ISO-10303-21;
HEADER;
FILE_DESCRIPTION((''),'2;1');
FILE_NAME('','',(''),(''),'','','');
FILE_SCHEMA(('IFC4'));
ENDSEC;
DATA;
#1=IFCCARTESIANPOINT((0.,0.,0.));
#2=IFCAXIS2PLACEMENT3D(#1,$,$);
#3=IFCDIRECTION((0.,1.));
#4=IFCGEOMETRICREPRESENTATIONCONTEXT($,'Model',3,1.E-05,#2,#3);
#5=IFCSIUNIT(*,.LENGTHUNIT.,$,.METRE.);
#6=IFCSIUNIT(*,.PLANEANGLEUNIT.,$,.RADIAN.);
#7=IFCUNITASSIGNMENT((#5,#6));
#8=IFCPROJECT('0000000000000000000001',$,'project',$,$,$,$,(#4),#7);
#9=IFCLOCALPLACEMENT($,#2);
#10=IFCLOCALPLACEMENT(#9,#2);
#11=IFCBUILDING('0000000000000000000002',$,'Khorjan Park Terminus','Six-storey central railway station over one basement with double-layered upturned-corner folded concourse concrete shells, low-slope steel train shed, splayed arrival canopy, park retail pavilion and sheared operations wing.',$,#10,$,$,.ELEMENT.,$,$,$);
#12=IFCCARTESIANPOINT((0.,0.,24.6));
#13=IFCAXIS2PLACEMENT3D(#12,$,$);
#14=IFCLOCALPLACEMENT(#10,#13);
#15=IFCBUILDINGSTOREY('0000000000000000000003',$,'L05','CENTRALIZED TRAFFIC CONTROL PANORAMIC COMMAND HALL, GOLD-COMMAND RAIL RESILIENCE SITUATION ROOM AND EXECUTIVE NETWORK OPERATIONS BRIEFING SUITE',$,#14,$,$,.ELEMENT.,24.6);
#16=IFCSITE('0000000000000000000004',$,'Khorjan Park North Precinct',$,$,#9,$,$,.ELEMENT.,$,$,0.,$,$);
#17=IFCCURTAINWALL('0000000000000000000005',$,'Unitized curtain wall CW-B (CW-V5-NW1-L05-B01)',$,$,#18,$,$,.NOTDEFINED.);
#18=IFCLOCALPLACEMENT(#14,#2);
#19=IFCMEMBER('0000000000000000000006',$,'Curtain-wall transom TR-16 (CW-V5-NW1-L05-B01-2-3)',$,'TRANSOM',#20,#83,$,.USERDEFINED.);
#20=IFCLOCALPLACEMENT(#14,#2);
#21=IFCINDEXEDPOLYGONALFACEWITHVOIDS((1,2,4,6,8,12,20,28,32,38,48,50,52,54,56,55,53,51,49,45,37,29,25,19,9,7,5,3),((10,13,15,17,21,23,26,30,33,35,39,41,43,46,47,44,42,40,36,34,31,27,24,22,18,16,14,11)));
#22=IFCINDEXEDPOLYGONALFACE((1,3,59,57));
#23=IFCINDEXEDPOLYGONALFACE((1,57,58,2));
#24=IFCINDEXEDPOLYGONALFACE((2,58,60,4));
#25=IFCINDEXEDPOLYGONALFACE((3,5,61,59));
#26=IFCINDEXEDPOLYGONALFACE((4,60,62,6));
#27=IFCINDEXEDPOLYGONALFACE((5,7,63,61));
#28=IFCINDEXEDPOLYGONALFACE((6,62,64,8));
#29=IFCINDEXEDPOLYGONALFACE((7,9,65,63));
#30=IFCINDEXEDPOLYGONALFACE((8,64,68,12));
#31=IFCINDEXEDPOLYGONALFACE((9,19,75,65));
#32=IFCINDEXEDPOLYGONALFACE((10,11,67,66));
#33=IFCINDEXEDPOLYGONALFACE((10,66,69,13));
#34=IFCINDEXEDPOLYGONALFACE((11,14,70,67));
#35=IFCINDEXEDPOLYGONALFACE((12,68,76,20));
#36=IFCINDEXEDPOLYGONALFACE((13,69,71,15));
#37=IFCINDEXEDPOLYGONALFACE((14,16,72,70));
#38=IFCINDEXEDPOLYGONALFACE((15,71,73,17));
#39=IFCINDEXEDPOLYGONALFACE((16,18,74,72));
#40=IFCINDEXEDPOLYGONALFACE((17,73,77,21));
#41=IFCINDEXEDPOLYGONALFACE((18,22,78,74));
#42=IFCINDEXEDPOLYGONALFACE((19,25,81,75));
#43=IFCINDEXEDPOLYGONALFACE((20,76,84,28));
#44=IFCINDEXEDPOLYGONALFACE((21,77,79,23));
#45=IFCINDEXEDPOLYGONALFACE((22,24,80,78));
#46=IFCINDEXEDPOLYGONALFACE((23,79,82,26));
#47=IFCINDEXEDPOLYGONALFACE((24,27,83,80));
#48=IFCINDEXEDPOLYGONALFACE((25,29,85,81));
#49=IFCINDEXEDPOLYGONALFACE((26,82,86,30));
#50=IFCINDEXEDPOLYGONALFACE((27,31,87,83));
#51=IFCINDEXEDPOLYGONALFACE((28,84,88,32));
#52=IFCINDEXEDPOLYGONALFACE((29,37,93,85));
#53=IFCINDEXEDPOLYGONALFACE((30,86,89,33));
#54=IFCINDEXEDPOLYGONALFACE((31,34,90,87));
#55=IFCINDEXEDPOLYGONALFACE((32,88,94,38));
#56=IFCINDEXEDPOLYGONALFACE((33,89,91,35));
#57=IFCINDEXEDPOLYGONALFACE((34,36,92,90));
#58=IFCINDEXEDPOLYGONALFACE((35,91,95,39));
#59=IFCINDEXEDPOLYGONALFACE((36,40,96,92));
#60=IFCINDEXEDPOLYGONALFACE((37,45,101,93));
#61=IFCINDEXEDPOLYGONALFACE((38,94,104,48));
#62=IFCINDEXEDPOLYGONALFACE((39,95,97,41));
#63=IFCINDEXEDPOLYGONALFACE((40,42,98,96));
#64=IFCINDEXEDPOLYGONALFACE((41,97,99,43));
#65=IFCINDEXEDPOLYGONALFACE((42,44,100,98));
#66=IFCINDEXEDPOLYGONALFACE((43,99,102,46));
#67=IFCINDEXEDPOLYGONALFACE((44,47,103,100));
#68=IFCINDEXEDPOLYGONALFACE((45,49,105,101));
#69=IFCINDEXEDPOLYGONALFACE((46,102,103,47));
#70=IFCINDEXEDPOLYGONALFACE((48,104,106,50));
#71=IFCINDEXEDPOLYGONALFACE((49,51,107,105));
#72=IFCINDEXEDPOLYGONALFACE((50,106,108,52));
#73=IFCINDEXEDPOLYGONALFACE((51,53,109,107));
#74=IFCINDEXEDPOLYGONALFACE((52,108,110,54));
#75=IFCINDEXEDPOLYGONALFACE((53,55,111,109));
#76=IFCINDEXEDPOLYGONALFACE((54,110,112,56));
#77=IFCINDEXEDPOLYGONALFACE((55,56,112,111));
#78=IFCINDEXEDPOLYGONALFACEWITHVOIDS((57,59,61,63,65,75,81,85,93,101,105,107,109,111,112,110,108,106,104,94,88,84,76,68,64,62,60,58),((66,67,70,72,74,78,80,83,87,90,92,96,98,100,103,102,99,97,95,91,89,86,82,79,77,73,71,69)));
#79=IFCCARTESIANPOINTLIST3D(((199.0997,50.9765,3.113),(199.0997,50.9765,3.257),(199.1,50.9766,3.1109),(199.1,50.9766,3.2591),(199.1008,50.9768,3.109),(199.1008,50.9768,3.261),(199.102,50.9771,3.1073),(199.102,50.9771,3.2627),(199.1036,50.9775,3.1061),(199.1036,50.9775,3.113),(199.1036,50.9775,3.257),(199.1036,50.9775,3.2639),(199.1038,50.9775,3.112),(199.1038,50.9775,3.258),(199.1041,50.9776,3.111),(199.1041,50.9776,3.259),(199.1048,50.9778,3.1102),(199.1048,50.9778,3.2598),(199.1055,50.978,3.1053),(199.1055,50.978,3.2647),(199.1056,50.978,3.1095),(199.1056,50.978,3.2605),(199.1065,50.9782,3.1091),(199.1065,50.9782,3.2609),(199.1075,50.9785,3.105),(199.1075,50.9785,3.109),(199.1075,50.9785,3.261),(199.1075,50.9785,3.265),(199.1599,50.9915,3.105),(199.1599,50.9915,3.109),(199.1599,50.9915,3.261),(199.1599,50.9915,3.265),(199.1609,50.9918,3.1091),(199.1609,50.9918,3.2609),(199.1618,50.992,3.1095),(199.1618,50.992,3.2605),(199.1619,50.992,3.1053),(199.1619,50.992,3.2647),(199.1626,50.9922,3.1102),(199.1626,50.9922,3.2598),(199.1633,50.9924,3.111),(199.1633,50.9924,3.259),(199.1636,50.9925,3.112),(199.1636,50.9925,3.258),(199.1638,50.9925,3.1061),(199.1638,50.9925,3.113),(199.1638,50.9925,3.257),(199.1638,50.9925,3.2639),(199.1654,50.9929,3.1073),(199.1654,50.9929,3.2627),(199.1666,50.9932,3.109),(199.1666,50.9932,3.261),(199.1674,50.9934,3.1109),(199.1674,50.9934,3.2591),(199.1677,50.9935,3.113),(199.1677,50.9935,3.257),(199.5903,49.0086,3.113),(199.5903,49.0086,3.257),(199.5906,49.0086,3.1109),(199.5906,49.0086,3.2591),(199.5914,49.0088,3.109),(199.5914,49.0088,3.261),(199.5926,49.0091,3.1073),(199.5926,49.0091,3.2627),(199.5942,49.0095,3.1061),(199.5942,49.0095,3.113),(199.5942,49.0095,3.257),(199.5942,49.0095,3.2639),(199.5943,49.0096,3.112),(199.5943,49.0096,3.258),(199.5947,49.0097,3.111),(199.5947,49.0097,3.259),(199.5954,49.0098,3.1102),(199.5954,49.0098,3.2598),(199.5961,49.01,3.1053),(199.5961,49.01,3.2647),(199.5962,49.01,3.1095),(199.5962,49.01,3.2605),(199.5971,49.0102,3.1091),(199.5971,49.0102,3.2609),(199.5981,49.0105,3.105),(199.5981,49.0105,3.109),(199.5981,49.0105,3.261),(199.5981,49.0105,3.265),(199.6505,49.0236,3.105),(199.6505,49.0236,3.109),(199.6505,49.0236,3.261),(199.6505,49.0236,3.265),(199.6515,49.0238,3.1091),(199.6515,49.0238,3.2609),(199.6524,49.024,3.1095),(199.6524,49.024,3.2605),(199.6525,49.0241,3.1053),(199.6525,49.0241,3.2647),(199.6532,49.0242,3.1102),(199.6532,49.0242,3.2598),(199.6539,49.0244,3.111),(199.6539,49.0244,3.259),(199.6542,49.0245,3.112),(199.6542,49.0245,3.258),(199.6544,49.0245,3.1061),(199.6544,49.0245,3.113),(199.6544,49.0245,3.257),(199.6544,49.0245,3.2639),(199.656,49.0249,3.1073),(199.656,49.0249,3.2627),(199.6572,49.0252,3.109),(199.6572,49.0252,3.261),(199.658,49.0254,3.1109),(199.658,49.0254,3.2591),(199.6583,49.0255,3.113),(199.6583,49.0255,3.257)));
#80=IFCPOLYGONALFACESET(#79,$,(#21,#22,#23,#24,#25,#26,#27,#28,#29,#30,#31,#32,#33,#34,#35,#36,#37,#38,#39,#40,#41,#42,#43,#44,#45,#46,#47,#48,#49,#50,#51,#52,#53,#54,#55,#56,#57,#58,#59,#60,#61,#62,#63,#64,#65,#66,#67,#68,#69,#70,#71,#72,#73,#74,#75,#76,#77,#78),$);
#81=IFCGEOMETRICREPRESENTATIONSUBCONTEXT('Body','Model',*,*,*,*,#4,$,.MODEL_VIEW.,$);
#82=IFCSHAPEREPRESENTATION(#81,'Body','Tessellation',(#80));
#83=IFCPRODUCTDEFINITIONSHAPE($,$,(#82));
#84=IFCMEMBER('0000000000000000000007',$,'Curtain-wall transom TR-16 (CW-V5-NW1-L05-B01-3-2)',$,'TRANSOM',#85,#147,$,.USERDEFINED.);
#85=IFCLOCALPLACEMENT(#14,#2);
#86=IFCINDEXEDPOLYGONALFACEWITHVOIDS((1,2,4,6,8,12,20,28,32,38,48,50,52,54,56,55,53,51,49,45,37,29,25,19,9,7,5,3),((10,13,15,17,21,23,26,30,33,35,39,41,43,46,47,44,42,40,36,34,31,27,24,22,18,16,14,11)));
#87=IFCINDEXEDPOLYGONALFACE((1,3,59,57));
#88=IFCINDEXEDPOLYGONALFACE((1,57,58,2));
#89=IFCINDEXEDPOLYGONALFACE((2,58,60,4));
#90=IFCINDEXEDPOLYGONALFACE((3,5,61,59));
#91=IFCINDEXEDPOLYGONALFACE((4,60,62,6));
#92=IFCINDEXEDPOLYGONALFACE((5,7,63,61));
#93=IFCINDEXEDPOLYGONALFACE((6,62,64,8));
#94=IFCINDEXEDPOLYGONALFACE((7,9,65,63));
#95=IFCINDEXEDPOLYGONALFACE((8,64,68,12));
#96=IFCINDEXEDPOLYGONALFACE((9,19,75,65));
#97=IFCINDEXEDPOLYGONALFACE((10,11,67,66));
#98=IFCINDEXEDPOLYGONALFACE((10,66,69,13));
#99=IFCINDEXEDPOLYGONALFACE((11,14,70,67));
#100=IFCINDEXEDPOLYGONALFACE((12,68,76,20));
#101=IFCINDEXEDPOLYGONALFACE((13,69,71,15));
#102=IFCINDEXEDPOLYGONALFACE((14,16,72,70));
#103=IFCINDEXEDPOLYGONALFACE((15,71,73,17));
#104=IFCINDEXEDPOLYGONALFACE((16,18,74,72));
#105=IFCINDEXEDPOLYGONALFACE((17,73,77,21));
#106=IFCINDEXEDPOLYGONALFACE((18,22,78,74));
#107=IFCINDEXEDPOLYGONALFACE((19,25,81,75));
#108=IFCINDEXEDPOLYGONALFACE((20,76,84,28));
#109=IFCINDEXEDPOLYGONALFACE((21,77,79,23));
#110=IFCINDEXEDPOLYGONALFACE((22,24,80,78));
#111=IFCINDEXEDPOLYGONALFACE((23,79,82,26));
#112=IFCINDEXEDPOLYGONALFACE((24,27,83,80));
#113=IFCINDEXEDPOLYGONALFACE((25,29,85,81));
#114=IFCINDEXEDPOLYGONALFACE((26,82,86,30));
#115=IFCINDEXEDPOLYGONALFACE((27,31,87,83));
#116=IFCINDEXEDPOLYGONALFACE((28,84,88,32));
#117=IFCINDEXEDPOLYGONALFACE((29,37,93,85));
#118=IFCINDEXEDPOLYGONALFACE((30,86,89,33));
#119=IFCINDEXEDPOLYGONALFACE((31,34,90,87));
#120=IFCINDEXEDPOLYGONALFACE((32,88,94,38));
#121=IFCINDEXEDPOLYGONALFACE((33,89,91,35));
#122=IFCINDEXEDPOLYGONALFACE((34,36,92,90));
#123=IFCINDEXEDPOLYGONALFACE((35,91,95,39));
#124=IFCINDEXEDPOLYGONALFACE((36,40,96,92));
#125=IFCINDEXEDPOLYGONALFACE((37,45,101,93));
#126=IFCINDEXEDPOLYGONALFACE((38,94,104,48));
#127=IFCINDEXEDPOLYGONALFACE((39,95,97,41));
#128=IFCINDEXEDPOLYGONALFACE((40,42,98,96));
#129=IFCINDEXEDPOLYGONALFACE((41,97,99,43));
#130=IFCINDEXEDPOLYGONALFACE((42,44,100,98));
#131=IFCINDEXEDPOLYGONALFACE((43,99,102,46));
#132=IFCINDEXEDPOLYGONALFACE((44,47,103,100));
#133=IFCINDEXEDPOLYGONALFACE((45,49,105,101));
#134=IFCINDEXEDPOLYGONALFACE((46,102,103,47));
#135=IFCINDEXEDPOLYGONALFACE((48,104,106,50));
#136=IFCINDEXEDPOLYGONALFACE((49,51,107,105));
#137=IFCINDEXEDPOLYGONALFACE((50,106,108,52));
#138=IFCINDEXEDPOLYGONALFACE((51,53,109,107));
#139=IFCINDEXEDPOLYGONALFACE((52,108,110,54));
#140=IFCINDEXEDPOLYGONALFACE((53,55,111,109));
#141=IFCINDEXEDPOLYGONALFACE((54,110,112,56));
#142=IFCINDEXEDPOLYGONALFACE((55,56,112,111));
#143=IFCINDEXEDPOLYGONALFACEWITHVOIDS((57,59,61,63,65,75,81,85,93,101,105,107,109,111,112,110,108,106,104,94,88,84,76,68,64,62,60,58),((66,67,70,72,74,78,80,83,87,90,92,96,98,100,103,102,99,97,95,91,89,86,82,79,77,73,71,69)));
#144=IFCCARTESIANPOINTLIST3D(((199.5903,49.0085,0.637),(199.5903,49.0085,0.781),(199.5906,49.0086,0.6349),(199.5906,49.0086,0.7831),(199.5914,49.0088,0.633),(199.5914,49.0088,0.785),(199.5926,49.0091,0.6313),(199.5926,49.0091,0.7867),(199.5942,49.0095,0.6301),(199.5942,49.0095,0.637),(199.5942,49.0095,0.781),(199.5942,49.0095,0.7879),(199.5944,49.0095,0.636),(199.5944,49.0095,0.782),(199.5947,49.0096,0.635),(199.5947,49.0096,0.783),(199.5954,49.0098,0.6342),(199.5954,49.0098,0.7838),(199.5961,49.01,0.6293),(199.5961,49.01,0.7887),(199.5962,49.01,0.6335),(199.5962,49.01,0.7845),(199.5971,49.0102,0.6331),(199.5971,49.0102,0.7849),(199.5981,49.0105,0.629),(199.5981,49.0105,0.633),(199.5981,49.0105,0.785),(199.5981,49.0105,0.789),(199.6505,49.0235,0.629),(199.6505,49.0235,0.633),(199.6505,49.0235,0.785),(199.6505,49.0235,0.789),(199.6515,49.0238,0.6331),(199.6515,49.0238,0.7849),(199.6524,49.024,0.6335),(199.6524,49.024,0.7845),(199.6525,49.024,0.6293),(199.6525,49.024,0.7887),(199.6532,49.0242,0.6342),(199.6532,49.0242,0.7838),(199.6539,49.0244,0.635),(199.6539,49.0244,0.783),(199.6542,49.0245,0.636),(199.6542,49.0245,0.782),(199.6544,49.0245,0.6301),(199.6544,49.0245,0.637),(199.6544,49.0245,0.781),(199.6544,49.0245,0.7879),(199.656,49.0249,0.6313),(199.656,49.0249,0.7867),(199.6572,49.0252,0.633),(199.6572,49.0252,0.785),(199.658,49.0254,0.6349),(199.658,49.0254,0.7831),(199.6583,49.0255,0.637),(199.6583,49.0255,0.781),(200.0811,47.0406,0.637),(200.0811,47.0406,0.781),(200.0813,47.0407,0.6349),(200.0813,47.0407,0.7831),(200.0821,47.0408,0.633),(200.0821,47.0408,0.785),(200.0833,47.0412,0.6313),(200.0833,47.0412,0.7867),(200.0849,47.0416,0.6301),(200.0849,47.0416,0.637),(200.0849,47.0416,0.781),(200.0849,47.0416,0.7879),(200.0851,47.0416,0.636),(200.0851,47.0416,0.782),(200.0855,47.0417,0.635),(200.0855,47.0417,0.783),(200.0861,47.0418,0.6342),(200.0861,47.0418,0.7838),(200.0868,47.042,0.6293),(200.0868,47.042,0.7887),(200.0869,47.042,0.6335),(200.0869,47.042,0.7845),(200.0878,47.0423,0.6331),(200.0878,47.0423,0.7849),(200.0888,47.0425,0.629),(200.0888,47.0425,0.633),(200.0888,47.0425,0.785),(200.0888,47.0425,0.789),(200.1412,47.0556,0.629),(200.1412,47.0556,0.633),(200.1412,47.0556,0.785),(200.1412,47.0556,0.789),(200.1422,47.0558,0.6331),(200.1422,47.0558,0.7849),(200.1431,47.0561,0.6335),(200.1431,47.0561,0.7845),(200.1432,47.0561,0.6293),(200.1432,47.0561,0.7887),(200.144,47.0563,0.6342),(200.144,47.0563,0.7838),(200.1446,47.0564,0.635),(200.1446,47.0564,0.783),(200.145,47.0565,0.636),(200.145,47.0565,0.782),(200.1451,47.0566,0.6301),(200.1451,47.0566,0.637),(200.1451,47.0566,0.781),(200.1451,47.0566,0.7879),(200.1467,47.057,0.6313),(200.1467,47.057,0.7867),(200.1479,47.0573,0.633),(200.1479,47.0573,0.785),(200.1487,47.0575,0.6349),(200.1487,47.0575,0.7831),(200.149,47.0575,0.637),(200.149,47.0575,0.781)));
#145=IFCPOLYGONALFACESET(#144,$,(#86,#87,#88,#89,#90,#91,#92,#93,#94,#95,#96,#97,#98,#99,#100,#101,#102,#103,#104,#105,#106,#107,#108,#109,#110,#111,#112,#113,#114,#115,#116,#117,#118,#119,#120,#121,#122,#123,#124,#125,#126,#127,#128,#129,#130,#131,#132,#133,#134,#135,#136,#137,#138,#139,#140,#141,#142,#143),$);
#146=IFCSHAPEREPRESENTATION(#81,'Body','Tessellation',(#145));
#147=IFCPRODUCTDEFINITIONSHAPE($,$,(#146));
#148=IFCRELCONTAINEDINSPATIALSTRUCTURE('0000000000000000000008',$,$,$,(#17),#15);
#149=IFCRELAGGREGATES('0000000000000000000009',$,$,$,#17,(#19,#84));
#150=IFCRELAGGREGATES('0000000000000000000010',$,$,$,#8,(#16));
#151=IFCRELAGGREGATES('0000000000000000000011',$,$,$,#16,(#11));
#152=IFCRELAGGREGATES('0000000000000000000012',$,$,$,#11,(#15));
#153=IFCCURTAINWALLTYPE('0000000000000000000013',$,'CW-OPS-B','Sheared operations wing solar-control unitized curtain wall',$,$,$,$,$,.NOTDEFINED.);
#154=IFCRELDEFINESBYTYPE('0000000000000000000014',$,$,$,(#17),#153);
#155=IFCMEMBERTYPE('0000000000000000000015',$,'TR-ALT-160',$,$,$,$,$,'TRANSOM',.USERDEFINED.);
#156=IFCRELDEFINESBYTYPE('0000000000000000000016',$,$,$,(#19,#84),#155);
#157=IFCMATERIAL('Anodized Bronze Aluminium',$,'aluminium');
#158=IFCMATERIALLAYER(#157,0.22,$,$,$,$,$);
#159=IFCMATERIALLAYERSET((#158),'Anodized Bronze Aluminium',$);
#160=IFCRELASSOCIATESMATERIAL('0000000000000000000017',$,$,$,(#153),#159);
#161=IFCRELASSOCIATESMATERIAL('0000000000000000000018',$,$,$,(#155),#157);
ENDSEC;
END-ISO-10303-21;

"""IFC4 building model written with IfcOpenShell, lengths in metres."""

from ifc_helpers import new_model, si_unit, direction, frame, origin, origin_2d, place, context, subcontext, project, spatial, hollow_rectangle, extrude, material, layer, layer_set, material_profile, profile_set, type_object, element, aggregate, save


model = new_model("IFC4")

# Units and contexts
model_context = context("Model", 3, precision=1e-05, world=origin(), true_north=direction((0.0, 1.0)))
body_context = subcontext(model_context, "Body", "Model", "MODEL_VIEW")
ifc_project = project(units=[si_unit("LENGTHUNIT", "METRE"), si_unit("PLANEANGLEUNIT", "RADIAN")], contexts=[model_context])

# Site, building, storey
site_placement = place(None, origin())
site = spatial("IfcSite", under=ifc_project, at=site_placement, Name="Khorjan Park North Precinct", CompositionType="ELEMENT", RefElevation=0.0)
building_placement = place(site_placement, origin())
building = spatial("IfcBuilding", under=site, at=building_placement, Name="Khorjan Park Terminus", Description="Six-storey central railway station over one basement with double-layered upturned-corner folded concourse concrete shells, low-slope steel train shed, splayed arrival canopy, park retail pavilion and sheared operations wing.", CompositionType="ELEMENT")
storey_placement = place(building_placement, frame((0.0, 0.0, 24.6)))
storey = spatial("IfcBuildingStorey", under=building, at=storey_placement, Name="L05", Description="CENTRALIZED TRAFFIC CONTROL PANORAMIC COMMAND HALL, GOLD-COMMAND RAIL RESILIENCE SITUATION ROOM AND EXECUTIVE NETWORK OPERATIONS BRIEFING SUITE", CompositionType="ELEMENT", Elevation=24.6)

# Curtain wall, members
ifc_material_1 = material(Name="Anodized Bronze Aluminium", Category="aluminium")
ifc_layer_1 = layer(ifc_material_1, 0.22)
ifc_layer_set_1 = layer_set([ifc_layer_1], Name="Anodized Bronze Aluminium")
curtain_wall_type = type_object("IfcCurtainWallType", Name="CW-OPS-B", Description="Sheared operations wing solar-control unitized curtain wall", PredefinedType="NOTDEFINED", material=ifc_layer_set_1)
curtain_wall_placement = place(storey_placement, origin())
curtain_wall = element("IfcCurtainWall", 1, at=curtain_wall_placement, inside=storey, type_object=curtain_wall_type, Name="Unitized curtain wall CW-B (CW-V5-NW1-L05-B01)", PredefinedType="NOTDEFINED")
ifc_material_profile_1 = material_profile(ifc_material_1, hollow_rectangle(XDim=0.07, YDim=0.16, WallThickness=0.004, InnerFilletRadius=0.004, OuterFilletRadius=0.008, at=origin_2d()), Name="ALT 70x160x4")
ifc_profile_set_1 = profile_set([ifc_material_profile_1], Name="Anodized Bronze Aluminium")
member_type_1 = type_object("IfcMemberType", Name="TR-ALT-160", ElementType="TRANSOM", PredefinedType="USERDEFINED", material=ifc_profile_set_1)
member_1_placement = place(storey_placement, frame((199.1337, 50.985, 3.185), z_axis=(0.241886, -0.970305, 0.0), x_axis=(0.970305, 0.241886, 0.0)))
member_1 = element("IfcMember", 2, at=member_1_placement, type_object=member_type_1, Name="Curtain-wall transom TR-16 (CW-V5-NW1-L05-B01-2-3)", ObjectType="TRANSOM", PredefinedType="USERDEFINED", context=body_context, shape_type="SweptSolid", body=[
    extrude(hollow_rectangle(XDim=0.07, YDim=0.16, WallThickness=0.004, InnerFilletRadius=0.004, OuterFilletRadius=0.008, at=origin_2d()), origin(), (0.0, 0.0, 1.0), 2.0282),
])
member_2_placement = place(storey_placement, frame((199.6243, 49.017, 0.709), z_axis=(0.241944, -0.97029, 0.0), x_axis=(0.97029, 0.241944, 0.0)))
member_2 = element("IfcMember", 3, at=member_2_placement, type_object=member_type_1, Name="Curtain-wall transom TR-16 (CW-V5-NW1-L05-B01-3-2)", ObjectType="TRANSOM", PredefinedType="USERDEFINED", context=body_context, shape_type="SweptSolid", body=[
    extrude(hollow_rectangle(XDim=0.07, YDim=0.16, WallThickness=0.004, InnerFilletRadius=0.004, OuterFilletRadius=0.008, at=origin_2d()), origin(), (0.0, 0.0, 1.0), 2.0282),
])
aggregate(curtain_wall, [member_1, member_2])

save(model, "model.ifc")
